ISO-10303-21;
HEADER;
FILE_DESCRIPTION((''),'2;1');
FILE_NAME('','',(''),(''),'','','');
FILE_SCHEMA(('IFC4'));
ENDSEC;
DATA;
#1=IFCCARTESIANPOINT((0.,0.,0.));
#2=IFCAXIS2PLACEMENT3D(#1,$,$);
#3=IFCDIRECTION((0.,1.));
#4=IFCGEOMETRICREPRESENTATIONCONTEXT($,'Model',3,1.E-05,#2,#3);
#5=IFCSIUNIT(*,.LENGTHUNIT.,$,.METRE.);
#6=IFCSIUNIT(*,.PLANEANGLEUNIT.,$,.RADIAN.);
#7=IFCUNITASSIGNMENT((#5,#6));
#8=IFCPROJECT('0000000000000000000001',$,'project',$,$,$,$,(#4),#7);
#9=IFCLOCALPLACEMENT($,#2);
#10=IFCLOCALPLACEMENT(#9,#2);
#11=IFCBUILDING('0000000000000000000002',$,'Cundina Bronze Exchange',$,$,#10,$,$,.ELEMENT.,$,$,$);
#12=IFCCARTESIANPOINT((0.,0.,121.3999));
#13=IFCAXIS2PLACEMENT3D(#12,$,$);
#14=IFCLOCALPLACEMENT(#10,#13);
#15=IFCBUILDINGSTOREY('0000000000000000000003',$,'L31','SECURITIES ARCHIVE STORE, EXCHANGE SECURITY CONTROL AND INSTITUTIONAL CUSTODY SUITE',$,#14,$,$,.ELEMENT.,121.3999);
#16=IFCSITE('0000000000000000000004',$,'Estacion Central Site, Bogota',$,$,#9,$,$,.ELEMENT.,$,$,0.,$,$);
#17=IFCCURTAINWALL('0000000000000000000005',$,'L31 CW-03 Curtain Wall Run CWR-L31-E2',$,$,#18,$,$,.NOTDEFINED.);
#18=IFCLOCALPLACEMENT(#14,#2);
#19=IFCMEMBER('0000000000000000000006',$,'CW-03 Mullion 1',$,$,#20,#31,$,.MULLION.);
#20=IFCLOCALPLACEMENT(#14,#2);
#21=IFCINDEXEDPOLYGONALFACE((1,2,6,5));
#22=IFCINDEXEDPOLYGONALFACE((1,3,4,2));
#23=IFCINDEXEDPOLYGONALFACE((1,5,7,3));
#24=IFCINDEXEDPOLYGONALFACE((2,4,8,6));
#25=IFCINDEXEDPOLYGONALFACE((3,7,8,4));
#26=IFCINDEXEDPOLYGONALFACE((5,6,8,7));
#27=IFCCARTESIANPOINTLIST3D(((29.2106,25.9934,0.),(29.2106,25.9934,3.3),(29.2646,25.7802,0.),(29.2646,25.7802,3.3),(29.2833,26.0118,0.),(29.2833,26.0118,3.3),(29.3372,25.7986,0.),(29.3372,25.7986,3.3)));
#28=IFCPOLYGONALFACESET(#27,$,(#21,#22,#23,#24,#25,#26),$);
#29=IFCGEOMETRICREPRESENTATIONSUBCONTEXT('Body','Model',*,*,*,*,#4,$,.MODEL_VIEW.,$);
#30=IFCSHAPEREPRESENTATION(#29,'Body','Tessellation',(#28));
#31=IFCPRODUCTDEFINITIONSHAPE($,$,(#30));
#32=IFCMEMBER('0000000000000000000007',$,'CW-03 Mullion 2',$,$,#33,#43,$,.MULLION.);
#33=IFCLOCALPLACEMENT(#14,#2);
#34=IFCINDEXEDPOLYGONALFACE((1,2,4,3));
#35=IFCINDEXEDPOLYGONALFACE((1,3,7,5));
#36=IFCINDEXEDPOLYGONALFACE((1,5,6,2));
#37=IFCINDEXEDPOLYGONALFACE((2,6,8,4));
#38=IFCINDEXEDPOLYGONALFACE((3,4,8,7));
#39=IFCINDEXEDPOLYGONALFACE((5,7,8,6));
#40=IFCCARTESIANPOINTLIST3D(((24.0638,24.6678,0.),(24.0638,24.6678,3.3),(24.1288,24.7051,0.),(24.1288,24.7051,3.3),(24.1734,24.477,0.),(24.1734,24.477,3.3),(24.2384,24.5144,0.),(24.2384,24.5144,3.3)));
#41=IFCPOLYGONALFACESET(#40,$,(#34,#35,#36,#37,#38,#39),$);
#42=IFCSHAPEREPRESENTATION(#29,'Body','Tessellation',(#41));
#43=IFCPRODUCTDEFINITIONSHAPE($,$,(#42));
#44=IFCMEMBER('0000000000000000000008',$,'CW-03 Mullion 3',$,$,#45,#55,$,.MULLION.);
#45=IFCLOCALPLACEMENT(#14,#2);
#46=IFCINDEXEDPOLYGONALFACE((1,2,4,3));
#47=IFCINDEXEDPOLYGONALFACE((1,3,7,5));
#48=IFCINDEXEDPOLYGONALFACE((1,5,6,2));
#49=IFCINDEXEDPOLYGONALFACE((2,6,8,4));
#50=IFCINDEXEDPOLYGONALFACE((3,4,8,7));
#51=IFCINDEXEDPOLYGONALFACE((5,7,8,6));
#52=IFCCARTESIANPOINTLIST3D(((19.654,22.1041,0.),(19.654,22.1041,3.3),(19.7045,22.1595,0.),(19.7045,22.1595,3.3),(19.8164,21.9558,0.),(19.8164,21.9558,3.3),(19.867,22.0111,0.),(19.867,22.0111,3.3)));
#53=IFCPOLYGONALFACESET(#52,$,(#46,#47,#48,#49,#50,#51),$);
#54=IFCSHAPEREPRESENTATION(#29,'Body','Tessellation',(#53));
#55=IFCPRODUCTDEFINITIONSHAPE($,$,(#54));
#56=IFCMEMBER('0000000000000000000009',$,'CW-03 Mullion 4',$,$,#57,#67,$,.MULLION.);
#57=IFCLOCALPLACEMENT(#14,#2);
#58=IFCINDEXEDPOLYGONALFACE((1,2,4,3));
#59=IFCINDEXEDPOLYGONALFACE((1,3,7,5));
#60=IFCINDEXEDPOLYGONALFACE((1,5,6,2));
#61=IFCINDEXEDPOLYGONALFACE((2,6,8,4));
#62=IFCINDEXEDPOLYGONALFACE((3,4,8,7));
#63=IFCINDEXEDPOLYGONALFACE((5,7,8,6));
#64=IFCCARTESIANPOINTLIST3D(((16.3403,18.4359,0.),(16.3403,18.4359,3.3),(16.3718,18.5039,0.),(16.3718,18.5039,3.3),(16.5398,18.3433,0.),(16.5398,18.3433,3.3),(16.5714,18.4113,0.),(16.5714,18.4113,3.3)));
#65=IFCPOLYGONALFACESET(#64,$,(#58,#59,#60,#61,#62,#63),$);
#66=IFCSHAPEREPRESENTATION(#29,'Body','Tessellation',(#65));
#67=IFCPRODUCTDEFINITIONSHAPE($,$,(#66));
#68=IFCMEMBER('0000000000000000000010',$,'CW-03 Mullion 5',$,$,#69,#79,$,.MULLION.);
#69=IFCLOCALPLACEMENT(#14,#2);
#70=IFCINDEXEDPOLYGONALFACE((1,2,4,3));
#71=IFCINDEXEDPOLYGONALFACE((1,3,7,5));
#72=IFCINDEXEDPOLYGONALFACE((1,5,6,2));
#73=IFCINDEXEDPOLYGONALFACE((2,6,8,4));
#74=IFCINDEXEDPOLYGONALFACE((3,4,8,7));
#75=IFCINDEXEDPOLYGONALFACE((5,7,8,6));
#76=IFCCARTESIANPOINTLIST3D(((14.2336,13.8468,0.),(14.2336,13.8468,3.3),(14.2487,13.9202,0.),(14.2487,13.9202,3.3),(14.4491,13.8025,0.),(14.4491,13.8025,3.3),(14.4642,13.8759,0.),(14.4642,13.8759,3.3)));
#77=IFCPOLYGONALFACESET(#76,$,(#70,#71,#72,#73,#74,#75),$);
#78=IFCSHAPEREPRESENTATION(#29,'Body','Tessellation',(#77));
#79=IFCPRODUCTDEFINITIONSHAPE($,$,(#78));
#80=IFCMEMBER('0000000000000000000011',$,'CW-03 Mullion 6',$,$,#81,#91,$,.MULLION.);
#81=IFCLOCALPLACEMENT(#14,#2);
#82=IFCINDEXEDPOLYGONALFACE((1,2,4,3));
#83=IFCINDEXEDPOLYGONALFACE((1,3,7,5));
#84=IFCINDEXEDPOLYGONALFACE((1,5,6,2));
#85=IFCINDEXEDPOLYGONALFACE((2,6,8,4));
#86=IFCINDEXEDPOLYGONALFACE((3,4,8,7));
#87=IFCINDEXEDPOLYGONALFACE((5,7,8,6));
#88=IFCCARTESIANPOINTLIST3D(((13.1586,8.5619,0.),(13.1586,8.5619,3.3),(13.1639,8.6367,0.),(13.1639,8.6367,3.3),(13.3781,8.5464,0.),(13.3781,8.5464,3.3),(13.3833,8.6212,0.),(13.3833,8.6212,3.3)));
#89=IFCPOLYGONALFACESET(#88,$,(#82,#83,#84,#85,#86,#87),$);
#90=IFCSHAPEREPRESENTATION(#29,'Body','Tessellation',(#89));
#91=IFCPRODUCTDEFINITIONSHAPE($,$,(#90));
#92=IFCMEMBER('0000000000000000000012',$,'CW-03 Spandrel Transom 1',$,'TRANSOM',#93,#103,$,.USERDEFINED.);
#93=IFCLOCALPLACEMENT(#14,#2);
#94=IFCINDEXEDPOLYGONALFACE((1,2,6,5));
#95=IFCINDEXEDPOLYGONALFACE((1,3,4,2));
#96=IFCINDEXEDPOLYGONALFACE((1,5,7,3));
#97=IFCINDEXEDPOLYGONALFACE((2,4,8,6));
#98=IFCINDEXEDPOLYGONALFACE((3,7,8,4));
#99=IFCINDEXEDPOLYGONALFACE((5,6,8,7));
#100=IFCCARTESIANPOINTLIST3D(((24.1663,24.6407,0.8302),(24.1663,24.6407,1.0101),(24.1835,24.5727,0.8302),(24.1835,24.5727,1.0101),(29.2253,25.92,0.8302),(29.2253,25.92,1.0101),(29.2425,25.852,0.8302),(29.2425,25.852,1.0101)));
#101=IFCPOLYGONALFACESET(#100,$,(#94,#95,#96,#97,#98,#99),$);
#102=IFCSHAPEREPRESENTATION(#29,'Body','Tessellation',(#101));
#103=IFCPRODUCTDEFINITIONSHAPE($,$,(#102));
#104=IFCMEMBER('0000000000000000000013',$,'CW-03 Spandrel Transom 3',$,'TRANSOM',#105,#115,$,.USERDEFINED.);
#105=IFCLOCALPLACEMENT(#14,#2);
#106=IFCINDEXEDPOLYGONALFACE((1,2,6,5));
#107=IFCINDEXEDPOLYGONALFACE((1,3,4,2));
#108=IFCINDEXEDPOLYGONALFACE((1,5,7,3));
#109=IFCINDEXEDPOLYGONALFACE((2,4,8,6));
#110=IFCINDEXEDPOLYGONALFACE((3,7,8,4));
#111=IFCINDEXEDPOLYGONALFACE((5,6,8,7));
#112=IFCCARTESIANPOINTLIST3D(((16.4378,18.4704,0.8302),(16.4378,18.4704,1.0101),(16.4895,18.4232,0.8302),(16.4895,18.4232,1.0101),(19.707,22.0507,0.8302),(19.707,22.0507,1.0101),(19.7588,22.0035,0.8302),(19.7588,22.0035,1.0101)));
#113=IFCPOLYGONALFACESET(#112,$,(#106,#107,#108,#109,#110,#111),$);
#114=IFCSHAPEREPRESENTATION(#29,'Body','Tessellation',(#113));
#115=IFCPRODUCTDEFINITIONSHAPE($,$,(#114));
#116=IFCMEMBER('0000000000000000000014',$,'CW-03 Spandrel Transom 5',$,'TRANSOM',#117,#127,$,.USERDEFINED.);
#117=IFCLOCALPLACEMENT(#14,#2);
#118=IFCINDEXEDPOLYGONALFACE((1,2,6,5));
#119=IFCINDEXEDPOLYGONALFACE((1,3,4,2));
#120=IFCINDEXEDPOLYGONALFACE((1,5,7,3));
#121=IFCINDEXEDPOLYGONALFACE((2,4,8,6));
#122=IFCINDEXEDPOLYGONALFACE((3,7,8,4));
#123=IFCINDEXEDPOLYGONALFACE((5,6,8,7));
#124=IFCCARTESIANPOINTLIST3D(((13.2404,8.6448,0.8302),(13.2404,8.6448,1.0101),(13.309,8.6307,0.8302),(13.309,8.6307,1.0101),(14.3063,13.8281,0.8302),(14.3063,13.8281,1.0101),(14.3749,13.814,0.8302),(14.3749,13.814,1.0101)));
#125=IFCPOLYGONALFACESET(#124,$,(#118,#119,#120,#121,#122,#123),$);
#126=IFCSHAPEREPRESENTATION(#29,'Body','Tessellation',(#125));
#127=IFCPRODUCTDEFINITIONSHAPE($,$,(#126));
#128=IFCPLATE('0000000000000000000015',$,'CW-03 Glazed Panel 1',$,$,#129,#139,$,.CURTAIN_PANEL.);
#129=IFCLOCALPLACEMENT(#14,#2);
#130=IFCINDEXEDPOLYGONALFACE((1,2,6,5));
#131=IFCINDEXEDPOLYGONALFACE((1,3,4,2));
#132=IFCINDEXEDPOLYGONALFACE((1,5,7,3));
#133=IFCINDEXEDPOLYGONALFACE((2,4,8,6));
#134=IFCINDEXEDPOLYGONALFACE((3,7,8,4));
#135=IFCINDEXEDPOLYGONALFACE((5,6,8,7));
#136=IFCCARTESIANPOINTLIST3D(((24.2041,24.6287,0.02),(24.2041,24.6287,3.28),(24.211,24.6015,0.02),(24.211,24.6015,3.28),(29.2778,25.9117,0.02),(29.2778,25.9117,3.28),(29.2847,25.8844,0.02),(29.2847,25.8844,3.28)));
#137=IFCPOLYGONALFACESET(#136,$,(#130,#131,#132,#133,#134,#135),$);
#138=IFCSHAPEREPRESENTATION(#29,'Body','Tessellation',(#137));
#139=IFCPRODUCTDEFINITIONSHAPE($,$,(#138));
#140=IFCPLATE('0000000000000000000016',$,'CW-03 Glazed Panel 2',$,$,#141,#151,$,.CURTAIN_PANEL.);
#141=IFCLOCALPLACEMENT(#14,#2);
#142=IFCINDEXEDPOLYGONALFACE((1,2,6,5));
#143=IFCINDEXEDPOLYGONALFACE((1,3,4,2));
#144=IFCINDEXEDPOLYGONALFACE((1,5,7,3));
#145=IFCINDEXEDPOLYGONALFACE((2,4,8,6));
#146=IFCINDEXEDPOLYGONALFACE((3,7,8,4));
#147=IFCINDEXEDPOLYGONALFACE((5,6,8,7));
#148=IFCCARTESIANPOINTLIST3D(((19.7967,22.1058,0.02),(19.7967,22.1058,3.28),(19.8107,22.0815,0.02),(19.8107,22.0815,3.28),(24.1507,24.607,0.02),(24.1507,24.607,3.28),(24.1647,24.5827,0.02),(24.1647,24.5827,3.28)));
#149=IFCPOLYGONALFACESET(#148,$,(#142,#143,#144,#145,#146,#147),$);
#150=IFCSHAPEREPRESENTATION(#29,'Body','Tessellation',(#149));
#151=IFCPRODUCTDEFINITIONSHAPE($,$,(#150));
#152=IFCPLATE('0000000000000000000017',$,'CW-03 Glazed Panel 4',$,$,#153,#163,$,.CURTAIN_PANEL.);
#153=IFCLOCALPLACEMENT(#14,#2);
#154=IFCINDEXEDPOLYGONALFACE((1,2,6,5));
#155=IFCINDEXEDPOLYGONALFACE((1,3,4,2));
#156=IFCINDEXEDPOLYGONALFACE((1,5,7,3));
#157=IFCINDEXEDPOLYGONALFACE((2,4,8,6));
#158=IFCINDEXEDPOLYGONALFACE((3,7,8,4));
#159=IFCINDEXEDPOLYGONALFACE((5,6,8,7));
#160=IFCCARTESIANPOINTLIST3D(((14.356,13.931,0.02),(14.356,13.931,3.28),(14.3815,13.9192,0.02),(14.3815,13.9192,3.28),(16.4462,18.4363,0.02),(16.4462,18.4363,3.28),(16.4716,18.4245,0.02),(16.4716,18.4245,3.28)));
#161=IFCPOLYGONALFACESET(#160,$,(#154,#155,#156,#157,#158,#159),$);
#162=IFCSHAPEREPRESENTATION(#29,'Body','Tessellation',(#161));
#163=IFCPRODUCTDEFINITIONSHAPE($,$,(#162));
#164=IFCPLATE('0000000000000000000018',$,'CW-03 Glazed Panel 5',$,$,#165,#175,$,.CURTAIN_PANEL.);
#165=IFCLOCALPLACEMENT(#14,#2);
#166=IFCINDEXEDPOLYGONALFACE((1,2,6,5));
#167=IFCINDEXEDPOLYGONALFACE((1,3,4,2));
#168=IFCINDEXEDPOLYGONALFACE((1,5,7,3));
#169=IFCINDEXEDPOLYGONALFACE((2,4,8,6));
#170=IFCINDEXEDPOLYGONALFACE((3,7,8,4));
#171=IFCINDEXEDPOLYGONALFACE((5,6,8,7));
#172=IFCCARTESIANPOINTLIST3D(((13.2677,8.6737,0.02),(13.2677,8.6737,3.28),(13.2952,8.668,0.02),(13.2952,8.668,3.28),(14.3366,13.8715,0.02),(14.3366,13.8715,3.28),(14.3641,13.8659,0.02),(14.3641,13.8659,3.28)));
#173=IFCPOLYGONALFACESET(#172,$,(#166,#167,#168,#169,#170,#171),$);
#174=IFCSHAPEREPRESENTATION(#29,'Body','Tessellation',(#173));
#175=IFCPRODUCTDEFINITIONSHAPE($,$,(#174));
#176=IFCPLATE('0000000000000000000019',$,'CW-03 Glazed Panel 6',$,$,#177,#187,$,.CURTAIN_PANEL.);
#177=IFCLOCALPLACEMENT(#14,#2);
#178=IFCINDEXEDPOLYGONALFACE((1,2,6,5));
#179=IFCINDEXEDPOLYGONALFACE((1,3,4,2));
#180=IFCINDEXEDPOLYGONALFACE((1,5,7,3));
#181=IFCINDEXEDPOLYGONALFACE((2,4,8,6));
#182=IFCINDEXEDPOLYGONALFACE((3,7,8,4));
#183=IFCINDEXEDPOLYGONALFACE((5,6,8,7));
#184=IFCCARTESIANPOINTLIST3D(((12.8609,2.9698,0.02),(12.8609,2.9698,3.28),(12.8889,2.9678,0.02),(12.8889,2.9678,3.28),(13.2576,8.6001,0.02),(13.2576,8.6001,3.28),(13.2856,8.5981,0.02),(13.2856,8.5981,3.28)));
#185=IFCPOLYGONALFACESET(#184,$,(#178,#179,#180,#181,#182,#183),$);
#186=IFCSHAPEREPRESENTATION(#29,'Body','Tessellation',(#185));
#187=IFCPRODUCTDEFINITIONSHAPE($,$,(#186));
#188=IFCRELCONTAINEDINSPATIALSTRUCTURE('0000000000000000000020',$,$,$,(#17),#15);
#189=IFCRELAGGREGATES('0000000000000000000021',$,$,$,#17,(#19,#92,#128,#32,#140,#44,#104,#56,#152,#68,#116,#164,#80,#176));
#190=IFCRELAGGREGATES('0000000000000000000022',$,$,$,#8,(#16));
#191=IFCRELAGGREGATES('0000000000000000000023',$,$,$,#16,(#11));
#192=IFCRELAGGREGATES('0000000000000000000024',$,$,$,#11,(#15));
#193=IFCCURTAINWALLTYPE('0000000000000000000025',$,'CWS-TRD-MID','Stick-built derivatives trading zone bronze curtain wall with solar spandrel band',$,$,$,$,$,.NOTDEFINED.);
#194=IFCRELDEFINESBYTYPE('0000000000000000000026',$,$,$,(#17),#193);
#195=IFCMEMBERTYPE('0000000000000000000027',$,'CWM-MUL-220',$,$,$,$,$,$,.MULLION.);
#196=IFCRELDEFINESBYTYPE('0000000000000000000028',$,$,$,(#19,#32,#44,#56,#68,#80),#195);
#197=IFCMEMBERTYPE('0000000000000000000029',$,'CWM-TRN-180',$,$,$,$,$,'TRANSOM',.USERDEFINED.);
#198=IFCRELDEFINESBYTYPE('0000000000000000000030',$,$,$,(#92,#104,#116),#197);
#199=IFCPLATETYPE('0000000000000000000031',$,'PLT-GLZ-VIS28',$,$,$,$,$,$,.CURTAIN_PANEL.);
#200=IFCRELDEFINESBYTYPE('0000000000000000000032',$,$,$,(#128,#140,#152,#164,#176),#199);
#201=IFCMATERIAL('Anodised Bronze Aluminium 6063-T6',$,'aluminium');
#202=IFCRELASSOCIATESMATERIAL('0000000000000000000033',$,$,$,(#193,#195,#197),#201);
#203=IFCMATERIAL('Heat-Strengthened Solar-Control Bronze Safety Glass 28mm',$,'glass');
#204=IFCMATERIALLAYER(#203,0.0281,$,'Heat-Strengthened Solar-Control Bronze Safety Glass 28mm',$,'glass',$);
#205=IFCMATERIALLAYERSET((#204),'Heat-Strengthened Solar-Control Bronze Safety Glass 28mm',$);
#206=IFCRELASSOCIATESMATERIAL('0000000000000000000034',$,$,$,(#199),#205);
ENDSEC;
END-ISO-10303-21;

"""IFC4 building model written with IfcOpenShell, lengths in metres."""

from ifc_helpers import new_model, si_unit, direction, frame, origin, origin_2d, place, context, subcontext, project, spatial, rectangle, extrude, material, layer, layer_set, material_profile, profile_set, type_object, element, aggregate, save


model = new_model("IFC4")

# Units and contexts
model_context = context("Model", 3, precision=1e-05, world=origin(), true_north=direction((0.0, 1.0)))
body_context = subcontext(model_context, "Body", "Model", "MODEL_VIEW")
ifc_project = project(units=[si_unit("LENGTHUNIT", "METRE"), si_unit("PLANEANGLEUNIT", "RADIAN")], contexts=[model_context])

# Site, building, storey
site_placement = place(None, origin())
site = spatial("IfcSite", under=ifc_project, at=site_placement, Name="Estacion Central Site, Bogota", CompositionType="ELEMENT", RefElevation=0.0)
building_placement = place(site_placement, origin())
building = spatial("IfcBuilding", under=site, at=building_placement, Name="Cundina Bronze Exchange", CompositionType="ELEMENT")
storey_placement = place(building_placement, frame((0.0, 0.0, 121.3999)))
storey = spatial("IfcBuildingStorey", under=building, at=storey_placement, Name="L31", Description="SECURITIES ARCHIVE STORE, EXCHANGE SECURITY CONTROL AND INSTITUTIONAL CUSTODY SUITE", CompositionType="ELEMENT", Elevation=121.3999)

# Shared definitions
ifc_material_1 = material(Name="Anodised Bronze Aluminium 6063-T6", Category="aluminium")
curtain_wall_type = type_object("IfcCurtainWallType", Name="CWS-TRD-MID", Description="Stick-built derivatives trading zone bronze curtain wall with solar spandrel band", PredefinedType="NOTDEFINED", material=ifc_material_1)
ifc_material_profile_1 = material_profile(ifc_material_1, rectangle(XDim=0.075, YDim=0.22, at=origin_2d()), Name="AL75X220", Category="aluminium")
ifc_profile_set_1 = profile_set([ifc_material_profile_1], Name="Anodised Bronze Aluminium 6063-T6")
member_type_1 = type_object("IfcMemberType", Name="CWM-MUL-220", PredefinedType="MULLION", material=ifc_profile_set_1)

# Curtain wall, members, plates
curtain_wall_1_placement = place(storey_placement, origin())
curtain_wall_1 = element("IfcCurtainWall", 1, at=curtain_wall_1_placement, inside=storey, type_object=curtain_wall_type, Name="L31 CW-03 Curtain Wall Run CWR-L31-E2", PredefinedType="NOTDEFINED")
member_1_placement = place(storey_placement, frame((29.2739, 25.896, 0.0), z_axis=(0.0, 0.0, 1.0), x_axis=(-0.969488, -0.245138, 0.0)))
member_1 = element("IfcMember", 2, at=member_1_placement, type_object=member_type_1, Name="CW-03 Mullion 1", PredefinedType="MULLION", context=body_context, shape_type="SweptSolid", body=[
    extrude(rectangle(XDim=0.075, YDim=0.22, at=origin_2d()), origin(), (0.0, 0.0, 1.0), 3.3),
])
member_2_placement = place(storey_placement, frame((24.1511, 24.5911, 0.0), z_axis=(0.0, 0.0, 1.0), x_axis=(-0.867071, -0.498185, 0.0)))
member_2 = element("IfcMember", 3, at=member_2_placement, type_object=member_type_1, Name="CW-03 Mullion 2", PredefinedType="MULLION", context=body_context, shape_type="SweptSolid", body=[
    extrude(rectangle(XDim=0.075, YDim=0.22, at=origin_2d()), origin(), (0.0, 0.0, 1.0), 3.3),
])
member_3_placement = place(storey_placement, frame((19.7605, 22.0576, 0.0), z_axis=(0.0, 0.0, 1.0), x_axis=(-0.674302, -0.738455, 0.0)))
member_3 = element("IfcMember", 4, at=member_3_placement, type_object=member_type_1, Name="CW-03 Mullion 3", PredefinedType="MULLION", context=body_context, shape_type="SweptSolid", body=[
    extrude(rectangle(XDim=0.075, YDim=0.22, at=origin_2d()), origin(), (0.0, 0.0, 1.0), 3.3),
])
member_4_placement = place(storey_placement, frame((16.4558, 18.4236, 0.0), z_axis=(0.0, 0.0, 1.0), x_axis=(-0.420877, -0.907117, 0.0)))
member_4 = element("IfcMember", 5, at=member_4_placement, type_object=member_type_1, Name="CW-03 Mullion 4", PredefinedType="MULLION", context=body_context, shape_type="SweptSolid", body=[
    extrude(rectangle(XDim=0.075, YDim=0.22, at=origin_2d()), origin(), (0.0, 0.0, 1.0), 3.3),
])
member_5_placement = place(storey_placement, frame((14.3489, 13.8613, 0.0), z_axis=(0.0, 0.0, 1.0), x_axis=(-0.20142, -0.979505, 0.0)))
member_5 = element("IfcMember", 6, at=member_5_placement, type_object=member_type_1, Name="CW-03 Mullion 5", PredefinedType="MULLION", context=body_context, shape_type="SweptSolid", body=[
    extrude(rectangle(XDim=0.075, YDim=0.22, at=origin_2d()), origin(), (0.0, 0.0, 1.0), 3.3),
])
member_6_placement = place(storey_placement, frame((13.271, 8.5916, 0.0), z_axis=(0.0, 0.0, 1.0), x_axis=(-0.070279, -0.997527, 0.0)))
member_6 = element("IfcMember", 7, at=member_6_placement, type_object=member_type_1, Name="CW-03 Mullion 6", PredefinedType="MULLION", context=body_context, shape_type="SweptSolid", body=[
    extrude(rectangle(XDim=0.075, YDim=0.22, at=origin_2d()), origin(), (0.0, 0.0, 1.0), 3.3),
])
ifc_material_profile_2 = material_profile(ifc_material_1, rectangle(XDim=0.0701, YDim=0.1799, at=origin_2d()), Name="AL70X180", Category="aluminium")
ifc_profile_set_2 = profile_set([ifc_material_profile_2], Name="Anodised Bronze Aluminium 6063-T6")
member_type_2 = type_object("IfcMemberType", Name="CWM-TRN-180", ElementType="TRANSOM", PredefinedType="USERDEFINED", material=ifc_profile_set_2)
member_7_placement = place(storey_placement, frame((29.2339, 25.886, 0.9202), z_axis=(-0.969484, -0.245155, 0.0), x_axis=(0.245155, -0.969484, 0.0)))
member_7 = element("IfcMember", 8, at=member_7_placement, type_object=member_type_2, Name="CW-03 Spandrel Transom 1", ObjectType="TRANSOM", PredefinedType="USERDEFINED", context=body_context, shape_type="SweptSolid", body=[
    extrude(rectangle(XDim=0.0701, YDim=0.1799, at=origin_2d()), origin(), (0.0, 0.0, 1.0), 5.2183),
])
member_8_placement = place(storey_placement, frame((19.7329, 22.0271, 0.9202), z_axis=(-0.674303, -0.738455, 0.0), x_axis=(0.738455, -0.674303, 0.0)))
member_8 = element("IfcMember", 9, at=member_8_placement, type_object=member_type_2, Name="CW-03 Spandrel Transom 3", ObjectType="TRANSOM", PredefinedType="USERDEFINED", context=body_context, shape_type="SweptSolid", body=[
    extrude(rectangle(XDim=0.0701, YDim=0.1799, at=origin_2d()), origin(), (0.0, 0.0, 1.0), 4.8484),
])
member_9_placement = place(storey_placement, frame((14.3406, 13.821, 0.9202), z_axis=(-0.201428, -0.979503, 0.0), x_axis=(0.979503, -0.201428, 0.0)))
member_9 = element("IfcMember", 10, at=member_9_placement, type_object=member_type_2, Name="CW-03 Spandrel Transom 5", ObjectType="TRANSOM", PredefinedType="USERDEFINED", context=body_context, shape_type="SweptSolid", body=[
    extrude(rectangle(XDim=0.0701, YDim=0.1799, at=origin_2d()), origin(), (0.0, 0.0, 1.0), 5.2917),
])
ifc_material_2 = material(Name="Heat-Strengthened Solar-Control Bronze Safety Glass 28mm", Category="glass")
ifc_layer_1 = layer(ifc_material_2, 0.0281, Name="Heat-Strengthened Solar-Control Bronze Safety Glass 28mm", Category="glass")
ifc_layer_set_1 = layer_set([ifc_layer_1], Name="Heat-Strengthened Solar-Control Bronze Safety Glass 28mm")
plate_type_1 = type_object("IfcPlateType", Name="PLT-GLZ-VIS28", PredefinedType="CURTAIN_PANEL", material=ifc_layer_set_1)
plate_1_placement = place(storey_placement, frame((26.7444, 25.2566, 0.02), z_axis=(0.0, 0.0, 1.0), x_axis=(-0.969488, -0.245138, 0.0)))
plate_1 = element("IfcPlate", 11, at=plate_1_placement, type_object=plate_type_1, Name="CW-03 Glazed Panel 1", PredefinedType="CURTAIN_PANEL", context=body_context, shape_type="SweptSolid", body=[
    extrude(rectangle(XDim=5.2334, YDim=0.0281, at=origin_2d()), origin(), (0.0, 0.0, 1.0), 3.26),
])
plate_2_placement = place(storey_placement, frame((21.9807, 23.3442, 0.02), z_axis=(0.0, 0.0, 1.0), x_axis=(-0.867105, -0.498125, 0.0)))
plate_2 = element("IfcPlate", 12, at=plate_2_placement, type_object=plate_type_1, Name="CW-03 Glazed Panel 2", PredefinedType="CURTAIN_PANEL", context=body_context, shape_type="SweptSolid", body=[
    extrude(rectangle(XDim=5.0212, YDim=0.0281, at=origin_2d()), origin(), (0.0, 0.0, 1.0), 3.26),
])
plate_3_placement = place(storey_placement, frame((15.4138, 16.1777, 0.02), z_axis=(0.0, 0.0, 1.0), x_axis=(-0.420846, -0.907132, 0.0)))
plate_3 = element("IfcPlate", 13, at=plate_3_placement, type_object=plate_type_1, Name="CW-03 Glazed Panel 4", PredefinedType="CURTAIN_PANEL", context=body_context, shape_type="SweptSolid", body=[
    extrude(rectangle(XDim=4.9666, YDim=0.0281, at=origin_2d()), origin(), (0.0, 0.0, 1.0), 3.26),
])
plate_4_placement = place(storey_placement, frame((13.8159, 11.2698, 0.02), z_axis=(0.0, 0.0, 1.0), x_axis=(-0.20142, -0.979505, 0.0)))
plate_4 = element("IfcPlate", 14, at=plate_4_placement, type_object=plate_type_1, Name="CW-03 Glazed Panel 5", PredefinedType="CURTAIN_PANEL", context=body_context, shape_type="SweptSolid", body=[
    extrude(rectangle(XDim=5.3066, YDim=0.0281, at=origin_2d()), origin(), (0.0, 0.0, 1.0), 3.26),
])
plate_5_placement = place(storey_placement, frame((13.0732, 5.7839, 0.02), z_axis=(0.0, 0.0, 1.0), x_axis=(-0.070279, -0.997527, 0.0)))
plate_5 = element("IfcPlate", 15, at=plate_5_placement, type_object=plate_type_1, Name="CW-03 Glazed Panel 6", PredefinedType="CURTAIN_PANEL", context=body_context, shape_type="SweptSolid", body=[
    extrude(rectangle(XDim=5.6443, YDim=0.0281, at=origin_2d()), origin(), (0.0, 0.0, 1.0), 3.26),
])
aggregate(curtain_wall_1, [member_1, member_7, plate_1, member_2, plate_2, member_3, member_8, member_4, plate_3, member_5, member_9, plate_4, member_6, plate_5])

save(model, "model.ifc")
